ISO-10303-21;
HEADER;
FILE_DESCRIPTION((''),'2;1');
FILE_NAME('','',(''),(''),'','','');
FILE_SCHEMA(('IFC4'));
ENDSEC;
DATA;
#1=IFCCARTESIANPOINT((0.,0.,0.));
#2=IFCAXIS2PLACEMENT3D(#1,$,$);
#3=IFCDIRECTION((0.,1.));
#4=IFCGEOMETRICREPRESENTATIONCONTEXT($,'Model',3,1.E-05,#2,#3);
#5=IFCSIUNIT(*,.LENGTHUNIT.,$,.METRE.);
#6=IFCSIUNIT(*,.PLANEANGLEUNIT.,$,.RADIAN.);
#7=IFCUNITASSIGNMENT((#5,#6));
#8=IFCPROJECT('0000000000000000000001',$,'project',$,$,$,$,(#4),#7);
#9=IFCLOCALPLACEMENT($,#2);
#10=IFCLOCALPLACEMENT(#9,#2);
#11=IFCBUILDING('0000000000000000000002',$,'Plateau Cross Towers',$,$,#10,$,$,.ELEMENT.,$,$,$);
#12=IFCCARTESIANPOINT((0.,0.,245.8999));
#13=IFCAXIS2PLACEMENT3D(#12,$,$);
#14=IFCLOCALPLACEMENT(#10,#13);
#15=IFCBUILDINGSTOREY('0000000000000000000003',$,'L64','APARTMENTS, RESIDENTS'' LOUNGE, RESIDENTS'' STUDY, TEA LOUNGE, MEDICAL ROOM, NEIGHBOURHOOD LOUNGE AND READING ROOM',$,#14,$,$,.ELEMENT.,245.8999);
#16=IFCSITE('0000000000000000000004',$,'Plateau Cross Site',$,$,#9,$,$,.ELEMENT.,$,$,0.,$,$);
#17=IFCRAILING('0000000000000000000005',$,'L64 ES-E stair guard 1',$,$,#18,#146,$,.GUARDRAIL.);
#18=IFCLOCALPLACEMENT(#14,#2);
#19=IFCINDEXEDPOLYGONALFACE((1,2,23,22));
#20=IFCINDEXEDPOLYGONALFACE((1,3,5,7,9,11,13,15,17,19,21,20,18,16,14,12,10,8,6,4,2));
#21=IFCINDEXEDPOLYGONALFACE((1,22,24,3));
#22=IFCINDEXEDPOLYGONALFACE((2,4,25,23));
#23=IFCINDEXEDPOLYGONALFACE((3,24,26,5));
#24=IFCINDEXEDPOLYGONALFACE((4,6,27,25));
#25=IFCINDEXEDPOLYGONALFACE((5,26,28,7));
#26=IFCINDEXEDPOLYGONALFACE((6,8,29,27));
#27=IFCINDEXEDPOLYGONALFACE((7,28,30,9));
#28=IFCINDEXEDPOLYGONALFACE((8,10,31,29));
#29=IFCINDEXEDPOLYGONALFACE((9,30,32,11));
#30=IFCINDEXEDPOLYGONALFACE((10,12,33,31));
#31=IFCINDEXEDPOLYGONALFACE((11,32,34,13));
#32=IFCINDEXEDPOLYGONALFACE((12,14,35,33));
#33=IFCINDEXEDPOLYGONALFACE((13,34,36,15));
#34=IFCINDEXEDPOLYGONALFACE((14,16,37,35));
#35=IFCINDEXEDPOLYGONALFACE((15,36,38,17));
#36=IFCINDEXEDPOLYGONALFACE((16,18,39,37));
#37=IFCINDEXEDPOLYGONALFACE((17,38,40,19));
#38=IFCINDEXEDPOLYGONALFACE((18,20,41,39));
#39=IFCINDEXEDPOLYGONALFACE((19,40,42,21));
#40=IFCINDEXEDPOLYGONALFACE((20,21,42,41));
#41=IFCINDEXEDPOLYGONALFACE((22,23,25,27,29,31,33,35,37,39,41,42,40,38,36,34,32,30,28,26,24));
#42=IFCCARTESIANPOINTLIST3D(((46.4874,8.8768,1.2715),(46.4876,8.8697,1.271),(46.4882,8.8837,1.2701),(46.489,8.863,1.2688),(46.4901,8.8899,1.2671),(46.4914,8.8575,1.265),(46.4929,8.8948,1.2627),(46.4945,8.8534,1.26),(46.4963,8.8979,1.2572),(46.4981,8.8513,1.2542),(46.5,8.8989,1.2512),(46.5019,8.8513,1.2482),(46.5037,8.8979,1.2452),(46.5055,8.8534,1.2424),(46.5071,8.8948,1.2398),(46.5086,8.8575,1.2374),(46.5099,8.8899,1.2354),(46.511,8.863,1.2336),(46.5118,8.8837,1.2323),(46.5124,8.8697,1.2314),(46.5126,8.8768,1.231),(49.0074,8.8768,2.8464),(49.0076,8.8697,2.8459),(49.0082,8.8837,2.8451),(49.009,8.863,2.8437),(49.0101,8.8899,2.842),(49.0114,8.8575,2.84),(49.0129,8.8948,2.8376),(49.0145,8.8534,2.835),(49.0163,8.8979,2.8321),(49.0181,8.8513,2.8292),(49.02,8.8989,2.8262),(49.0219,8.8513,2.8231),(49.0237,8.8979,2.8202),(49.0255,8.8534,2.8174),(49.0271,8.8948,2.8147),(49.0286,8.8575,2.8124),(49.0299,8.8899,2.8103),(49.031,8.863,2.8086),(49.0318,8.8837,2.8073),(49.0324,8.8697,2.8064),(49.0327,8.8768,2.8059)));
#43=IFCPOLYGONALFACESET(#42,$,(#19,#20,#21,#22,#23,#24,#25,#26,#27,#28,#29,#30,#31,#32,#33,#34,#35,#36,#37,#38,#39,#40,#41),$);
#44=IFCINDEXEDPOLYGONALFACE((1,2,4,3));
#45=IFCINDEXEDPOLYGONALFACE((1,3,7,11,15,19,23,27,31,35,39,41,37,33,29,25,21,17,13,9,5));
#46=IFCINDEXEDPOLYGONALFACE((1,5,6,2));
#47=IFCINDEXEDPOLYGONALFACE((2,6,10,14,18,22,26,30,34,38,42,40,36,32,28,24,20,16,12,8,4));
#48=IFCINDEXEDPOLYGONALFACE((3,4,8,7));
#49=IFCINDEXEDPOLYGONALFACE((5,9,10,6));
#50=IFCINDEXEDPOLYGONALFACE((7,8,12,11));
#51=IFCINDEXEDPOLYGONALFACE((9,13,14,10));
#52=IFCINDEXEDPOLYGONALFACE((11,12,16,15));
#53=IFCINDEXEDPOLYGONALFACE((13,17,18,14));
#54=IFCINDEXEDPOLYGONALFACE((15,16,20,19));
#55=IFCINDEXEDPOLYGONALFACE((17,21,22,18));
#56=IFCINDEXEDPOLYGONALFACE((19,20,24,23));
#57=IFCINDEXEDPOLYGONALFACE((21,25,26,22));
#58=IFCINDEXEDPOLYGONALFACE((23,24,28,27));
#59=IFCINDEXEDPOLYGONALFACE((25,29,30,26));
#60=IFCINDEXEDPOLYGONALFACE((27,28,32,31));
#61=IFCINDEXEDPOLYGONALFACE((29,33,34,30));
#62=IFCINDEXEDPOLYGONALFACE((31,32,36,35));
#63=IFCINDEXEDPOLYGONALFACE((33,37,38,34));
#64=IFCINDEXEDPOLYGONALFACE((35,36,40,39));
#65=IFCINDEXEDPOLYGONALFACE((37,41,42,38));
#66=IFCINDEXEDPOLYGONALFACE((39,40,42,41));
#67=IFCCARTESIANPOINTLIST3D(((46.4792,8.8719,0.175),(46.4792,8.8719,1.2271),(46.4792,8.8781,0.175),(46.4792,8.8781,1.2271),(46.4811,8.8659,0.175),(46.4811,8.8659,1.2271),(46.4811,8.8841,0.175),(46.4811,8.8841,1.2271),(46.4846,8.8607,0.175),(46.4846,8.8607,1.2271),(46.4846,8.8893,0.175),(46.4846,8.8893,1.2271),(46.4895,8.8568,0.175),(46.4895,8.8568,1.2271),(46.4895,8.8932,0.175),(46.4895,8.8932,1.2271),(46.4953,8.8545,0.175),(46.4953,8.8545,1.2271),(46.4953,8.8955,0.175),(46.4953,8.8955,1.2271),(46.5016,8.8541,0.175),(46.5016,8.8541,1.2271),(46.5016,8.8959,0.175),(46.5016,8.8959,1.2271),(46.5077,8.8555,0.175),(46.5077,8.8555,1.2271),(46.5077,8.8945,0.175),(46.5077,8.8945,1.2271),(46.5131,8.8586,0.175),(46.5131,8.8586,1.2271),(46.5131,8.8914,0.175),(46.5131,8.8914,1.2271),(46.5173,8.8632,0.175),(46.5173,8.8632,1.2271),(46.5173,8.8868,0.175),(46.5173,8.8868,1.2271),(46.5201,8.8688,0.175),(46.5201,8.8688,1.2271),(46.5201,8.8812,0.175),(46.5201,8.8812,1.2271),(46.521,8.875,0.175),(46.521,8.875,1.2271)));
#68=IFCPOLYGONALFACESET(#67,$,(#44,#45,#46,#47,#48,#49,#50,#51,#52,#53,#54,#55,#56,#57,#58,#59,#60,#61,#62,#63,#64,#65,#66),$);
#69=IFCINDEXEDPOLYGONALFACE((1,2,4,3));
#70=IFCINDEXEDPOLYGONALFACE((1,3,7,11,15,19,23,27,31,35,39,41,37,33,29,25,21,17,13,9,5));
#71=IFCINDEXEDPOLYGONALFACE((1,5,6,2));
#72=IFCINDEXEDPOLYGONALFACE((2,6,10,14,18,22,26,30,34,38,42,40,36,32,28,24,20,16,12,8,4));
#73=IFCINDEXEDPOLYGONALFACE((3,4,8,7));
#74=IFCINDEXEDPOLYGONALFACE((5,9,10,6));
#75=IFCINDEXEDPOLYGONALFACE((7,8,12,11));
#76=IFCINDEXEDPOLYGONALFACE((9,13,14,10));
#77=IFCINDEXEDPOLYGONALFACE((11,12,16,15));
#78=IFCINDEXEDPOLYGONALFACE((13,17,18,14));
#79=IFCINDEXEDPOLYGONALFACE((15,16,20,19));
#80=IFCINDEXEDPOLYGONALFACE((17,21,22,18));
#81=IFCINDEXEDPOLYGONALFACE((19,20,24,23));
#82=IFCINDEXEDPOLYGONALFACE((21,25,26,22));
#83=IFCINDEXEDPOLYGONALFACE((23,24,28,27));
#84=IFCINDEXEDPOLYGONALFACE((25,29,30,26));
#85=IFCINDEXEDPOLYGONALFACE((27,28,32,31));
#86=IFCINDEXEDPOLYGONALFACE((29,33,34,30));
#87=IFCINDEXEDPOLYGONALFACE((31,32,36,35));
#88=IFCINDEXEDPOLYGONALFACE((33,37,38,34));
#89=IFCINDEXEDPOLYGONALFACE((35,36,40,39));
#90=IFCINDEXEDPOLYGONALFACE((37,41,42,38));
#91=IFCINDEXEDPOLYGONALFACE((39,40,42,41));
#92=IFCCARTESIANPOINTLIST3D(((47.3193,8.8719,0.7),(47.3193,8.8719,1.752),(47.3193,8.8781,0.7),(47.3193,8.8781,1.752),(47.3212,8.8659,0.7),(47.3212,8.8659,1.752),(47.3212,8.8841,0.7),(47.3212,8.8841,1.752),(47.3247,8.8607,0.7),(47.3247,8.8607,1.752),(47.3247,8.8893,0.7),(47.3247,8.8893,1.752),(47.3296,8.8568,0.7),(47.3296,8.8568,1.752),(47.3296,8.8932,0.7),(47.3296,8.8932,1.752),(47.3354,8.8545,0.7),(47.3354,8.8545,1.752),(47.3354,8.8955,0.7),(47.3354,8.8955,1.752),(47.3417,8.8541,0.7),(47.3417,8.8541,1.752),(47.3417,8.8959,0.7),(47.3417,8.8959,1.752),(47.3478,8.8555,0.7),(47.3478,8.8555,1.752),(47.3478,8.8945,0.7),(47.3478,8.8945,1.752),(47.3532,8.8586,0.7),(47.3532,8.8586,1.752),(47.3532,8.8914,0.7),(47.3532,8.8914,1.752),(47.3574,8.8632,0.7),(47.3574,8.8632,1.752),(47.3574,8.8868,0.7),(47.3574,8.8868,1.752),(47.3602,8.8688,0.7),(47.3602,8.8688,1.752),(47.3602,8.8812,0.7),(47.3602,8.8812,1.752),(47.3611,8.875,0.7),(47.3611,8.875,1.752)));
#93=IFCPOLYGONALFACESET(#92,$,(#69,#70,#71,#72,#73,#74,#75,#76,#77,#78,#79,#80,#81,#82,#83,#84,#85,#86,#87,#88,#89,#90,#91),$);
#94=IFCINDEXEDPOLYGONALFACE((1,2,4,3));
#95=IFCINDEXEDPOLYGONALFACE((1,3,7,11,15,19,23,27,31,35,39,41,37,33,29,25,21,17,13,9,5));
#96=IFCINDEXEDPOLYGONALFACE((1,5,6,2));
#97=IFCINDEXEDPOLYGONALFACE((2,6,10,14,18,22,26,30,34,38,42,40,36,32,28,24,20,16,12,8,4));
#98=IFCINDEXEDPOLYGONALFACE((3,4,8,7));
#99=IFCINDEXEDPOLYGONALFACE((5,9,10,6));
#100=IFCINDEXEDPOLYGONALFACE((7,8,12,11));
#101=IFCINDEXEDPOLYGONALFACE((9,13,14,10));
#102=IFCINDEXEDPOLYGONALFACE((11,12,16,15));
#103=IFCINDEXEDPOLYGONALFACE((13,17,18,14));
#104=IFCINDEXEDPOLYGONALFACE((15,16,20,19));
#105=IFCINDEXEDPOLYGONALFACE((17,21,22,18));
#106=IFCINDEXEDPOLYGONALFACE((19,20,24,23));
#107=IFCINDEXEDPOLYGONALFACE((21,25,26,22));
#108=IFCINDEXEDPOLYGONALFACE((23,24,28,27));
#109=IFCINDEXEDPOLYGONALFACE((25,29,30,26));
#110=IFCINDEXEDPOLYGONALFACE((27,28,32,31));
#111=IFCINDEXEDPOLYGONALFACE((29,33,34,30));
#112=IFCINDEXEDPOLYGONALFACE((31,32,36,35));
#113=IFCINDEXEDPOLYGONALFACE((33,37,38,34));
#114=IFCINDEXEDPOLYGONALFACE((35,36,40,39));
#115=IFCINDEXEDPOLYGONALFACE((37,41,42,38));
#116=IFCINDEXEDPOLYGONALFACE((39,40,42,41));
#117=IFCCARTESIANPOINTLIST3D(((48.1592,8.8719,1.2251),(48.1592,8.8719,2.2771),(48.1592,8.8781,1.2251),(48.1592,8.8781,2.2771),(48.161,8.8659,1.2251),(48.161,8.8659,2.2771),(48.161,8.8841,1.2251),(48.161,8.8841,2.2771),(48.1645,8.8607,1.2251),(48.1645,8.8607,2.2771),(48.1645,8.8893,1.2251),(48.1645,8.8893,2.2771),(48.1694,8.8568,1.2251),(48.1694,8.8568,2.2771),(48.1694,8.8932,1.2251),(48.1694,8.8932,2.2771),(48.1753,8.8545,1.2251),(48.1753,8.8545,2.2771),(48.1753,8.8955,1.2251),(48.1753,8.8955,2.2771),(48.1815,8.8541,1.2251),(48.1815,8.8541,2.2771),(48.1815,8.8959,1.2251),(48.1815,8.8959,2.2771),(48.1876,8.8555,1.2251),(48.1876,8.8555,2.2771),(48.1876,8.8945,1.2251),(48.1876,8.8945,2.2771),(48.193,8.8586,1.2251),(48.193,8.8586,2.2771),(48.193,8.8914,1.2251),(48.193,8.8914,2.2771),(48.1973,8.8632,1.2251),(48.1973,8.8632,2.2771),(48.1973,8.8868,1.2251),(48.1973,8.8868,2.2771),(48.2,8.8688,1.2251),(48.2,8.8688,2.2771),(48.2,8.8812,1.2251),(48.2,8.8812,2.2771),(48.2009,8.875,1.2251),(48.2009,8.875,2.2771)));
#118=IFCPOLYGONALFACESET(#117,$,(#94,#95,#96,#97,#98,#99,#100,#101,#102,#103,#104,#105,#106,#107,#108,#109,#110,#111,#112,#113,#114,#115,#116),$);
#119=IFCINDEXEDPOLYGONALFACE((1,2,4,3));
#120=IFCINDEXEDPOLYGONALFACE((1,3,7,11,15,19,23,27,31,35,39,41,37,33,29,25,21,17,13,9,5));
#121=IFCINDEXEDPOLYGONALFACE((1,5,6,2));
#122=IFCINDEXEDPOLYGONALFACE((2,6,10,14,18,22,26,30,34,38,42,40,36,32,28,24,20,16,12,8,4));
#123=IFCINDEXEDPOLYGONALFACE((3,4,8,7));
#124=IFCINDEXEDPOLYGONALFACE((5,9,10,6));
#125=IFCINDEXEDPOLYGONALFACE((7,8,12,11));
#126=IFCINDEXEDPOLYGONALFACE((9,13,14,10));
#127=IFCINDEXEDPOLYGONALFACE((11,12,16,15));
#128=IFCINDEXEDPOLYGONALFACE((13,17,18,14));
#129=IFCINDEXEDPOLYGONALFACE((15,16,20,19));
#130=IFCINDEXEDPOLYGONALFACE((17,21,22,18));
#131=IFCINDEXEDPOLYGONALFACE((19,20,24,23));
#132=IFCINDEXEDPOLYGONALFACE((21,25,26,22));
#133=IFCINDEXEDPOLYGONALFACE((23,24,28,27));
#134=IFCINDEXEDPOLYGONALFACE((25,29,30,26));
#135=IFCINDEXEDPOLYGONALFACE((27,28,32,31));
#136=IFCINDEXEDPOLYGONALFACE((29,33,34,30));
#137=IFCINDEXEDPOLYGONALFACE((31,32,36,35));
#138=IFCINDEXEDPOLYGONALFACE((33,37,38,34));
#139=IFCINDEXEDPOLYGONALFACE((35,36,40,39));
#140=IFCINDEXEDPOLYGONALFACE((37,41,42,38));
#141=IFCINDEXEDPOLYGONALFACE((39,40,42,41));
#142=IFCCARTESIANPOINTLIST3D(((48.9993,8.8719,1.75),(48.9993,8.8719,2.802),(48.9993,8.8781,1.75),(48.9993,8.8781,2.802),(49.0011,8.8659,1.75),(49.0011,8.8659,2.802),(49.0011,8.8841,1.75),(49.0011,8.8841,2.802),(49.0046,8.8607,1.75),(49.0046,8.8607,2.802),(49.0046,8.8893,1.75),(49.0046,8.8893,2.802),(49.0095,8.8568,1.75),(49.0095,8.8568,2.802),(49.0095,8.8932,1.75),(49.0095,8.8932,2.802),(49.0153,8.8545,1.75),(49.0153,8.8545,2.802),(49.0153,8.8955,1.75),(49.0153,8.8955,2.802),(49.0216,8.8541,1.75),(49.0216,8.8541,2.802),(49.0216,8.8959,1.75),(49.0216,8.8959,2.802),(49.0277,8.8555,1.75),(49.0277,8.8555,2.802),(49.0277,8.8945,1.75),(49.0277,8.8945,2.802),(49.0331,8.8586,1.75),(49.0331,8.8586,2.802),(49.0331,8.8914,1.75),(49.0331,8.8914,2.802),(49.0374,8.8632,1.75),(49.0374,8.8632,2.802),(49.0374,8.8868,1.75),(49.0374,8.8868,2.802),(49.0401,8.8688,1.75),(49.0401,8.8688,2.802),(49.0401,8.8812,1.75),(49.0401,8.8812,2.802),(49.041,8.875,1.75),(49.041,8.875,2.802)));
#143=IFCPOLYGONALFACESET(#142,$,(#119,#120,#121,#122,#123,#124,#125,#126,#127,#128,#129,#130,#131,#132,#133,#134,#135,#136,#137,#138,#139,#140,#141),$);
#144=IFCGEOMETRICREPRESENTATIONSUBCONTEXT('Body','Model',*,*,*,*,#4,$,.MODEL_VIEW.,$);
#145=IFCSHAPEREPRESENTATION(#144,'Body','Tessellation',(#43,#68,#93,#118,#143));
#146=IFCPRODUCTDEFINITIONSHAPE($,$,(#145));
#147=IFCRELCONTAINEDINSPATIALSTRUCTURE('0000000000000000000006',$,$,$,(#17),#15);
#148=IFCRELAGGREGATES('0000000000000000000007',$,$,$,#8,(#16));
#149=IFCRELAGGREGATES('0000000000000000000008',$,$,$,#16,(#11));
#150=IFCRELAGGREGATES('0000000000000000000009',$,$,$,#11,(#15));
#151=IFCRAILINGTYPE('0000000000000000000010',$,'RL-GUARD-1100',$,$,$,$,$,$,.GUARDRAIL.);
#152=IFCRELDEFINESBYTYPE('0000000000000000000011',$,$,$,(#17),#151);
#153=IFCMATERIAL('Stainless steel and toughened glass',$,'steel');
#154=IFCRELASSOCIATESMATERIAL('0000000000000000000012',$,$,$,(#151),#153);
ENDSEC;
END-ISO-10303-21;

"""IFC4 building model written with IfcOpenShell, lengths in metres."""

from ifc_helpers import new_model, si_unit, direction, frame, origin, origin_2d, place, context, subcontext, project, spatial, circle, extrude, material, type_object, element, save


model = new_model("IFC4")

# Units and contexts
model_context = context("Model", 3, precision=1e-05, world=origin(), true_north=direction((0.0, 1.0)))
body_context = subcontext(model_context, "Body", "Model", "MODEL_VIEW")
ifc_project = project(units=[si_unit("LENGTHUNIT", "METRE"), si_unit("PLANEANGLEUNIT", "RADIAN")], contexts=[model_context])

# Site, building, storey
site_placement = place(None, origin())
site = spatial("IfcSite", under=ifc_project, at=site_placement, Name="Plateau Cross Site", CompositionType="ELEMENT", RefElevation=0.0)
building_placement = place(site_placement, origin())
building = spatial("IfcBuilding", under=site, at=building_placement, Name="Plateau Cross Towers", CompositionType="ELEMENT")
storey_placement = place(building_placement, frame((0.0, 0.0, 245.8999)))
storey = spatial("IfcBuildingStorey", under=building, at=storey_placement, Name="L64", Description="APARTMENTS, RESIDENTS' LOUNGE, RESIDENTS' STUDY, TEA LOUNGE, MEDICAL ROOM, NEIGHBOURHOOD LOUNGE AND READING ROOM", CompositionType="ELEMENT", Elevation=245.8999)

# Railing
ifc_material_1 = material(Name="Stainless steel and toughened glass", Category="steel")
railing_type_1 = type_object("IfcRailingType", Name="RL-GUARD-1100", PredefinedType="GUARDRAIL", material=ifc_material_1)
railing_1_placement = place(storey_placement, frame((46.5, 8.875, 0.175)))
element("IfcRailing", 1, at=railing_1_placement, inside=storey, type_object=railing_type_1, Name="L64 ES-E stair guard 1", PredefinedType="GUARDRAIL", context=body_context, shape_type="SweptSolid", body=[
    extrude(circle(Radius=0.0239, at=origin_2d()), frame((0.0, 0.0, 1.0762), z_axis=(0.848008, 0.0, 0.529984), x_axis=(0.0, 1.0, 0.0)), (0.0, 0.0, 1.0), 2.9717),
    extrude(circle(Radius=0.021, at=origin_2d()), origin(), (0.0, 0.0, 1.0), 1.052),
    extrude(circle(Radius=0.021, at=origin_2d()), frame((0.8401, 0.0, 0.5249)), (0.0, 0.0, 1.0), 1.052),
    extrude(circle(Radius=0.021, at=origin_2d()), frame((1.6799, 0.0, 1.05)), (0.0, 0.0, 1.0), 1.052),
    extrude(circle(Radius=0.021, at=origin_2d()), frame((2.52, 0.0, 1.575)), (0.0, 0.0, 1.0), 1.052),
])

save(model, "model.ifc")
